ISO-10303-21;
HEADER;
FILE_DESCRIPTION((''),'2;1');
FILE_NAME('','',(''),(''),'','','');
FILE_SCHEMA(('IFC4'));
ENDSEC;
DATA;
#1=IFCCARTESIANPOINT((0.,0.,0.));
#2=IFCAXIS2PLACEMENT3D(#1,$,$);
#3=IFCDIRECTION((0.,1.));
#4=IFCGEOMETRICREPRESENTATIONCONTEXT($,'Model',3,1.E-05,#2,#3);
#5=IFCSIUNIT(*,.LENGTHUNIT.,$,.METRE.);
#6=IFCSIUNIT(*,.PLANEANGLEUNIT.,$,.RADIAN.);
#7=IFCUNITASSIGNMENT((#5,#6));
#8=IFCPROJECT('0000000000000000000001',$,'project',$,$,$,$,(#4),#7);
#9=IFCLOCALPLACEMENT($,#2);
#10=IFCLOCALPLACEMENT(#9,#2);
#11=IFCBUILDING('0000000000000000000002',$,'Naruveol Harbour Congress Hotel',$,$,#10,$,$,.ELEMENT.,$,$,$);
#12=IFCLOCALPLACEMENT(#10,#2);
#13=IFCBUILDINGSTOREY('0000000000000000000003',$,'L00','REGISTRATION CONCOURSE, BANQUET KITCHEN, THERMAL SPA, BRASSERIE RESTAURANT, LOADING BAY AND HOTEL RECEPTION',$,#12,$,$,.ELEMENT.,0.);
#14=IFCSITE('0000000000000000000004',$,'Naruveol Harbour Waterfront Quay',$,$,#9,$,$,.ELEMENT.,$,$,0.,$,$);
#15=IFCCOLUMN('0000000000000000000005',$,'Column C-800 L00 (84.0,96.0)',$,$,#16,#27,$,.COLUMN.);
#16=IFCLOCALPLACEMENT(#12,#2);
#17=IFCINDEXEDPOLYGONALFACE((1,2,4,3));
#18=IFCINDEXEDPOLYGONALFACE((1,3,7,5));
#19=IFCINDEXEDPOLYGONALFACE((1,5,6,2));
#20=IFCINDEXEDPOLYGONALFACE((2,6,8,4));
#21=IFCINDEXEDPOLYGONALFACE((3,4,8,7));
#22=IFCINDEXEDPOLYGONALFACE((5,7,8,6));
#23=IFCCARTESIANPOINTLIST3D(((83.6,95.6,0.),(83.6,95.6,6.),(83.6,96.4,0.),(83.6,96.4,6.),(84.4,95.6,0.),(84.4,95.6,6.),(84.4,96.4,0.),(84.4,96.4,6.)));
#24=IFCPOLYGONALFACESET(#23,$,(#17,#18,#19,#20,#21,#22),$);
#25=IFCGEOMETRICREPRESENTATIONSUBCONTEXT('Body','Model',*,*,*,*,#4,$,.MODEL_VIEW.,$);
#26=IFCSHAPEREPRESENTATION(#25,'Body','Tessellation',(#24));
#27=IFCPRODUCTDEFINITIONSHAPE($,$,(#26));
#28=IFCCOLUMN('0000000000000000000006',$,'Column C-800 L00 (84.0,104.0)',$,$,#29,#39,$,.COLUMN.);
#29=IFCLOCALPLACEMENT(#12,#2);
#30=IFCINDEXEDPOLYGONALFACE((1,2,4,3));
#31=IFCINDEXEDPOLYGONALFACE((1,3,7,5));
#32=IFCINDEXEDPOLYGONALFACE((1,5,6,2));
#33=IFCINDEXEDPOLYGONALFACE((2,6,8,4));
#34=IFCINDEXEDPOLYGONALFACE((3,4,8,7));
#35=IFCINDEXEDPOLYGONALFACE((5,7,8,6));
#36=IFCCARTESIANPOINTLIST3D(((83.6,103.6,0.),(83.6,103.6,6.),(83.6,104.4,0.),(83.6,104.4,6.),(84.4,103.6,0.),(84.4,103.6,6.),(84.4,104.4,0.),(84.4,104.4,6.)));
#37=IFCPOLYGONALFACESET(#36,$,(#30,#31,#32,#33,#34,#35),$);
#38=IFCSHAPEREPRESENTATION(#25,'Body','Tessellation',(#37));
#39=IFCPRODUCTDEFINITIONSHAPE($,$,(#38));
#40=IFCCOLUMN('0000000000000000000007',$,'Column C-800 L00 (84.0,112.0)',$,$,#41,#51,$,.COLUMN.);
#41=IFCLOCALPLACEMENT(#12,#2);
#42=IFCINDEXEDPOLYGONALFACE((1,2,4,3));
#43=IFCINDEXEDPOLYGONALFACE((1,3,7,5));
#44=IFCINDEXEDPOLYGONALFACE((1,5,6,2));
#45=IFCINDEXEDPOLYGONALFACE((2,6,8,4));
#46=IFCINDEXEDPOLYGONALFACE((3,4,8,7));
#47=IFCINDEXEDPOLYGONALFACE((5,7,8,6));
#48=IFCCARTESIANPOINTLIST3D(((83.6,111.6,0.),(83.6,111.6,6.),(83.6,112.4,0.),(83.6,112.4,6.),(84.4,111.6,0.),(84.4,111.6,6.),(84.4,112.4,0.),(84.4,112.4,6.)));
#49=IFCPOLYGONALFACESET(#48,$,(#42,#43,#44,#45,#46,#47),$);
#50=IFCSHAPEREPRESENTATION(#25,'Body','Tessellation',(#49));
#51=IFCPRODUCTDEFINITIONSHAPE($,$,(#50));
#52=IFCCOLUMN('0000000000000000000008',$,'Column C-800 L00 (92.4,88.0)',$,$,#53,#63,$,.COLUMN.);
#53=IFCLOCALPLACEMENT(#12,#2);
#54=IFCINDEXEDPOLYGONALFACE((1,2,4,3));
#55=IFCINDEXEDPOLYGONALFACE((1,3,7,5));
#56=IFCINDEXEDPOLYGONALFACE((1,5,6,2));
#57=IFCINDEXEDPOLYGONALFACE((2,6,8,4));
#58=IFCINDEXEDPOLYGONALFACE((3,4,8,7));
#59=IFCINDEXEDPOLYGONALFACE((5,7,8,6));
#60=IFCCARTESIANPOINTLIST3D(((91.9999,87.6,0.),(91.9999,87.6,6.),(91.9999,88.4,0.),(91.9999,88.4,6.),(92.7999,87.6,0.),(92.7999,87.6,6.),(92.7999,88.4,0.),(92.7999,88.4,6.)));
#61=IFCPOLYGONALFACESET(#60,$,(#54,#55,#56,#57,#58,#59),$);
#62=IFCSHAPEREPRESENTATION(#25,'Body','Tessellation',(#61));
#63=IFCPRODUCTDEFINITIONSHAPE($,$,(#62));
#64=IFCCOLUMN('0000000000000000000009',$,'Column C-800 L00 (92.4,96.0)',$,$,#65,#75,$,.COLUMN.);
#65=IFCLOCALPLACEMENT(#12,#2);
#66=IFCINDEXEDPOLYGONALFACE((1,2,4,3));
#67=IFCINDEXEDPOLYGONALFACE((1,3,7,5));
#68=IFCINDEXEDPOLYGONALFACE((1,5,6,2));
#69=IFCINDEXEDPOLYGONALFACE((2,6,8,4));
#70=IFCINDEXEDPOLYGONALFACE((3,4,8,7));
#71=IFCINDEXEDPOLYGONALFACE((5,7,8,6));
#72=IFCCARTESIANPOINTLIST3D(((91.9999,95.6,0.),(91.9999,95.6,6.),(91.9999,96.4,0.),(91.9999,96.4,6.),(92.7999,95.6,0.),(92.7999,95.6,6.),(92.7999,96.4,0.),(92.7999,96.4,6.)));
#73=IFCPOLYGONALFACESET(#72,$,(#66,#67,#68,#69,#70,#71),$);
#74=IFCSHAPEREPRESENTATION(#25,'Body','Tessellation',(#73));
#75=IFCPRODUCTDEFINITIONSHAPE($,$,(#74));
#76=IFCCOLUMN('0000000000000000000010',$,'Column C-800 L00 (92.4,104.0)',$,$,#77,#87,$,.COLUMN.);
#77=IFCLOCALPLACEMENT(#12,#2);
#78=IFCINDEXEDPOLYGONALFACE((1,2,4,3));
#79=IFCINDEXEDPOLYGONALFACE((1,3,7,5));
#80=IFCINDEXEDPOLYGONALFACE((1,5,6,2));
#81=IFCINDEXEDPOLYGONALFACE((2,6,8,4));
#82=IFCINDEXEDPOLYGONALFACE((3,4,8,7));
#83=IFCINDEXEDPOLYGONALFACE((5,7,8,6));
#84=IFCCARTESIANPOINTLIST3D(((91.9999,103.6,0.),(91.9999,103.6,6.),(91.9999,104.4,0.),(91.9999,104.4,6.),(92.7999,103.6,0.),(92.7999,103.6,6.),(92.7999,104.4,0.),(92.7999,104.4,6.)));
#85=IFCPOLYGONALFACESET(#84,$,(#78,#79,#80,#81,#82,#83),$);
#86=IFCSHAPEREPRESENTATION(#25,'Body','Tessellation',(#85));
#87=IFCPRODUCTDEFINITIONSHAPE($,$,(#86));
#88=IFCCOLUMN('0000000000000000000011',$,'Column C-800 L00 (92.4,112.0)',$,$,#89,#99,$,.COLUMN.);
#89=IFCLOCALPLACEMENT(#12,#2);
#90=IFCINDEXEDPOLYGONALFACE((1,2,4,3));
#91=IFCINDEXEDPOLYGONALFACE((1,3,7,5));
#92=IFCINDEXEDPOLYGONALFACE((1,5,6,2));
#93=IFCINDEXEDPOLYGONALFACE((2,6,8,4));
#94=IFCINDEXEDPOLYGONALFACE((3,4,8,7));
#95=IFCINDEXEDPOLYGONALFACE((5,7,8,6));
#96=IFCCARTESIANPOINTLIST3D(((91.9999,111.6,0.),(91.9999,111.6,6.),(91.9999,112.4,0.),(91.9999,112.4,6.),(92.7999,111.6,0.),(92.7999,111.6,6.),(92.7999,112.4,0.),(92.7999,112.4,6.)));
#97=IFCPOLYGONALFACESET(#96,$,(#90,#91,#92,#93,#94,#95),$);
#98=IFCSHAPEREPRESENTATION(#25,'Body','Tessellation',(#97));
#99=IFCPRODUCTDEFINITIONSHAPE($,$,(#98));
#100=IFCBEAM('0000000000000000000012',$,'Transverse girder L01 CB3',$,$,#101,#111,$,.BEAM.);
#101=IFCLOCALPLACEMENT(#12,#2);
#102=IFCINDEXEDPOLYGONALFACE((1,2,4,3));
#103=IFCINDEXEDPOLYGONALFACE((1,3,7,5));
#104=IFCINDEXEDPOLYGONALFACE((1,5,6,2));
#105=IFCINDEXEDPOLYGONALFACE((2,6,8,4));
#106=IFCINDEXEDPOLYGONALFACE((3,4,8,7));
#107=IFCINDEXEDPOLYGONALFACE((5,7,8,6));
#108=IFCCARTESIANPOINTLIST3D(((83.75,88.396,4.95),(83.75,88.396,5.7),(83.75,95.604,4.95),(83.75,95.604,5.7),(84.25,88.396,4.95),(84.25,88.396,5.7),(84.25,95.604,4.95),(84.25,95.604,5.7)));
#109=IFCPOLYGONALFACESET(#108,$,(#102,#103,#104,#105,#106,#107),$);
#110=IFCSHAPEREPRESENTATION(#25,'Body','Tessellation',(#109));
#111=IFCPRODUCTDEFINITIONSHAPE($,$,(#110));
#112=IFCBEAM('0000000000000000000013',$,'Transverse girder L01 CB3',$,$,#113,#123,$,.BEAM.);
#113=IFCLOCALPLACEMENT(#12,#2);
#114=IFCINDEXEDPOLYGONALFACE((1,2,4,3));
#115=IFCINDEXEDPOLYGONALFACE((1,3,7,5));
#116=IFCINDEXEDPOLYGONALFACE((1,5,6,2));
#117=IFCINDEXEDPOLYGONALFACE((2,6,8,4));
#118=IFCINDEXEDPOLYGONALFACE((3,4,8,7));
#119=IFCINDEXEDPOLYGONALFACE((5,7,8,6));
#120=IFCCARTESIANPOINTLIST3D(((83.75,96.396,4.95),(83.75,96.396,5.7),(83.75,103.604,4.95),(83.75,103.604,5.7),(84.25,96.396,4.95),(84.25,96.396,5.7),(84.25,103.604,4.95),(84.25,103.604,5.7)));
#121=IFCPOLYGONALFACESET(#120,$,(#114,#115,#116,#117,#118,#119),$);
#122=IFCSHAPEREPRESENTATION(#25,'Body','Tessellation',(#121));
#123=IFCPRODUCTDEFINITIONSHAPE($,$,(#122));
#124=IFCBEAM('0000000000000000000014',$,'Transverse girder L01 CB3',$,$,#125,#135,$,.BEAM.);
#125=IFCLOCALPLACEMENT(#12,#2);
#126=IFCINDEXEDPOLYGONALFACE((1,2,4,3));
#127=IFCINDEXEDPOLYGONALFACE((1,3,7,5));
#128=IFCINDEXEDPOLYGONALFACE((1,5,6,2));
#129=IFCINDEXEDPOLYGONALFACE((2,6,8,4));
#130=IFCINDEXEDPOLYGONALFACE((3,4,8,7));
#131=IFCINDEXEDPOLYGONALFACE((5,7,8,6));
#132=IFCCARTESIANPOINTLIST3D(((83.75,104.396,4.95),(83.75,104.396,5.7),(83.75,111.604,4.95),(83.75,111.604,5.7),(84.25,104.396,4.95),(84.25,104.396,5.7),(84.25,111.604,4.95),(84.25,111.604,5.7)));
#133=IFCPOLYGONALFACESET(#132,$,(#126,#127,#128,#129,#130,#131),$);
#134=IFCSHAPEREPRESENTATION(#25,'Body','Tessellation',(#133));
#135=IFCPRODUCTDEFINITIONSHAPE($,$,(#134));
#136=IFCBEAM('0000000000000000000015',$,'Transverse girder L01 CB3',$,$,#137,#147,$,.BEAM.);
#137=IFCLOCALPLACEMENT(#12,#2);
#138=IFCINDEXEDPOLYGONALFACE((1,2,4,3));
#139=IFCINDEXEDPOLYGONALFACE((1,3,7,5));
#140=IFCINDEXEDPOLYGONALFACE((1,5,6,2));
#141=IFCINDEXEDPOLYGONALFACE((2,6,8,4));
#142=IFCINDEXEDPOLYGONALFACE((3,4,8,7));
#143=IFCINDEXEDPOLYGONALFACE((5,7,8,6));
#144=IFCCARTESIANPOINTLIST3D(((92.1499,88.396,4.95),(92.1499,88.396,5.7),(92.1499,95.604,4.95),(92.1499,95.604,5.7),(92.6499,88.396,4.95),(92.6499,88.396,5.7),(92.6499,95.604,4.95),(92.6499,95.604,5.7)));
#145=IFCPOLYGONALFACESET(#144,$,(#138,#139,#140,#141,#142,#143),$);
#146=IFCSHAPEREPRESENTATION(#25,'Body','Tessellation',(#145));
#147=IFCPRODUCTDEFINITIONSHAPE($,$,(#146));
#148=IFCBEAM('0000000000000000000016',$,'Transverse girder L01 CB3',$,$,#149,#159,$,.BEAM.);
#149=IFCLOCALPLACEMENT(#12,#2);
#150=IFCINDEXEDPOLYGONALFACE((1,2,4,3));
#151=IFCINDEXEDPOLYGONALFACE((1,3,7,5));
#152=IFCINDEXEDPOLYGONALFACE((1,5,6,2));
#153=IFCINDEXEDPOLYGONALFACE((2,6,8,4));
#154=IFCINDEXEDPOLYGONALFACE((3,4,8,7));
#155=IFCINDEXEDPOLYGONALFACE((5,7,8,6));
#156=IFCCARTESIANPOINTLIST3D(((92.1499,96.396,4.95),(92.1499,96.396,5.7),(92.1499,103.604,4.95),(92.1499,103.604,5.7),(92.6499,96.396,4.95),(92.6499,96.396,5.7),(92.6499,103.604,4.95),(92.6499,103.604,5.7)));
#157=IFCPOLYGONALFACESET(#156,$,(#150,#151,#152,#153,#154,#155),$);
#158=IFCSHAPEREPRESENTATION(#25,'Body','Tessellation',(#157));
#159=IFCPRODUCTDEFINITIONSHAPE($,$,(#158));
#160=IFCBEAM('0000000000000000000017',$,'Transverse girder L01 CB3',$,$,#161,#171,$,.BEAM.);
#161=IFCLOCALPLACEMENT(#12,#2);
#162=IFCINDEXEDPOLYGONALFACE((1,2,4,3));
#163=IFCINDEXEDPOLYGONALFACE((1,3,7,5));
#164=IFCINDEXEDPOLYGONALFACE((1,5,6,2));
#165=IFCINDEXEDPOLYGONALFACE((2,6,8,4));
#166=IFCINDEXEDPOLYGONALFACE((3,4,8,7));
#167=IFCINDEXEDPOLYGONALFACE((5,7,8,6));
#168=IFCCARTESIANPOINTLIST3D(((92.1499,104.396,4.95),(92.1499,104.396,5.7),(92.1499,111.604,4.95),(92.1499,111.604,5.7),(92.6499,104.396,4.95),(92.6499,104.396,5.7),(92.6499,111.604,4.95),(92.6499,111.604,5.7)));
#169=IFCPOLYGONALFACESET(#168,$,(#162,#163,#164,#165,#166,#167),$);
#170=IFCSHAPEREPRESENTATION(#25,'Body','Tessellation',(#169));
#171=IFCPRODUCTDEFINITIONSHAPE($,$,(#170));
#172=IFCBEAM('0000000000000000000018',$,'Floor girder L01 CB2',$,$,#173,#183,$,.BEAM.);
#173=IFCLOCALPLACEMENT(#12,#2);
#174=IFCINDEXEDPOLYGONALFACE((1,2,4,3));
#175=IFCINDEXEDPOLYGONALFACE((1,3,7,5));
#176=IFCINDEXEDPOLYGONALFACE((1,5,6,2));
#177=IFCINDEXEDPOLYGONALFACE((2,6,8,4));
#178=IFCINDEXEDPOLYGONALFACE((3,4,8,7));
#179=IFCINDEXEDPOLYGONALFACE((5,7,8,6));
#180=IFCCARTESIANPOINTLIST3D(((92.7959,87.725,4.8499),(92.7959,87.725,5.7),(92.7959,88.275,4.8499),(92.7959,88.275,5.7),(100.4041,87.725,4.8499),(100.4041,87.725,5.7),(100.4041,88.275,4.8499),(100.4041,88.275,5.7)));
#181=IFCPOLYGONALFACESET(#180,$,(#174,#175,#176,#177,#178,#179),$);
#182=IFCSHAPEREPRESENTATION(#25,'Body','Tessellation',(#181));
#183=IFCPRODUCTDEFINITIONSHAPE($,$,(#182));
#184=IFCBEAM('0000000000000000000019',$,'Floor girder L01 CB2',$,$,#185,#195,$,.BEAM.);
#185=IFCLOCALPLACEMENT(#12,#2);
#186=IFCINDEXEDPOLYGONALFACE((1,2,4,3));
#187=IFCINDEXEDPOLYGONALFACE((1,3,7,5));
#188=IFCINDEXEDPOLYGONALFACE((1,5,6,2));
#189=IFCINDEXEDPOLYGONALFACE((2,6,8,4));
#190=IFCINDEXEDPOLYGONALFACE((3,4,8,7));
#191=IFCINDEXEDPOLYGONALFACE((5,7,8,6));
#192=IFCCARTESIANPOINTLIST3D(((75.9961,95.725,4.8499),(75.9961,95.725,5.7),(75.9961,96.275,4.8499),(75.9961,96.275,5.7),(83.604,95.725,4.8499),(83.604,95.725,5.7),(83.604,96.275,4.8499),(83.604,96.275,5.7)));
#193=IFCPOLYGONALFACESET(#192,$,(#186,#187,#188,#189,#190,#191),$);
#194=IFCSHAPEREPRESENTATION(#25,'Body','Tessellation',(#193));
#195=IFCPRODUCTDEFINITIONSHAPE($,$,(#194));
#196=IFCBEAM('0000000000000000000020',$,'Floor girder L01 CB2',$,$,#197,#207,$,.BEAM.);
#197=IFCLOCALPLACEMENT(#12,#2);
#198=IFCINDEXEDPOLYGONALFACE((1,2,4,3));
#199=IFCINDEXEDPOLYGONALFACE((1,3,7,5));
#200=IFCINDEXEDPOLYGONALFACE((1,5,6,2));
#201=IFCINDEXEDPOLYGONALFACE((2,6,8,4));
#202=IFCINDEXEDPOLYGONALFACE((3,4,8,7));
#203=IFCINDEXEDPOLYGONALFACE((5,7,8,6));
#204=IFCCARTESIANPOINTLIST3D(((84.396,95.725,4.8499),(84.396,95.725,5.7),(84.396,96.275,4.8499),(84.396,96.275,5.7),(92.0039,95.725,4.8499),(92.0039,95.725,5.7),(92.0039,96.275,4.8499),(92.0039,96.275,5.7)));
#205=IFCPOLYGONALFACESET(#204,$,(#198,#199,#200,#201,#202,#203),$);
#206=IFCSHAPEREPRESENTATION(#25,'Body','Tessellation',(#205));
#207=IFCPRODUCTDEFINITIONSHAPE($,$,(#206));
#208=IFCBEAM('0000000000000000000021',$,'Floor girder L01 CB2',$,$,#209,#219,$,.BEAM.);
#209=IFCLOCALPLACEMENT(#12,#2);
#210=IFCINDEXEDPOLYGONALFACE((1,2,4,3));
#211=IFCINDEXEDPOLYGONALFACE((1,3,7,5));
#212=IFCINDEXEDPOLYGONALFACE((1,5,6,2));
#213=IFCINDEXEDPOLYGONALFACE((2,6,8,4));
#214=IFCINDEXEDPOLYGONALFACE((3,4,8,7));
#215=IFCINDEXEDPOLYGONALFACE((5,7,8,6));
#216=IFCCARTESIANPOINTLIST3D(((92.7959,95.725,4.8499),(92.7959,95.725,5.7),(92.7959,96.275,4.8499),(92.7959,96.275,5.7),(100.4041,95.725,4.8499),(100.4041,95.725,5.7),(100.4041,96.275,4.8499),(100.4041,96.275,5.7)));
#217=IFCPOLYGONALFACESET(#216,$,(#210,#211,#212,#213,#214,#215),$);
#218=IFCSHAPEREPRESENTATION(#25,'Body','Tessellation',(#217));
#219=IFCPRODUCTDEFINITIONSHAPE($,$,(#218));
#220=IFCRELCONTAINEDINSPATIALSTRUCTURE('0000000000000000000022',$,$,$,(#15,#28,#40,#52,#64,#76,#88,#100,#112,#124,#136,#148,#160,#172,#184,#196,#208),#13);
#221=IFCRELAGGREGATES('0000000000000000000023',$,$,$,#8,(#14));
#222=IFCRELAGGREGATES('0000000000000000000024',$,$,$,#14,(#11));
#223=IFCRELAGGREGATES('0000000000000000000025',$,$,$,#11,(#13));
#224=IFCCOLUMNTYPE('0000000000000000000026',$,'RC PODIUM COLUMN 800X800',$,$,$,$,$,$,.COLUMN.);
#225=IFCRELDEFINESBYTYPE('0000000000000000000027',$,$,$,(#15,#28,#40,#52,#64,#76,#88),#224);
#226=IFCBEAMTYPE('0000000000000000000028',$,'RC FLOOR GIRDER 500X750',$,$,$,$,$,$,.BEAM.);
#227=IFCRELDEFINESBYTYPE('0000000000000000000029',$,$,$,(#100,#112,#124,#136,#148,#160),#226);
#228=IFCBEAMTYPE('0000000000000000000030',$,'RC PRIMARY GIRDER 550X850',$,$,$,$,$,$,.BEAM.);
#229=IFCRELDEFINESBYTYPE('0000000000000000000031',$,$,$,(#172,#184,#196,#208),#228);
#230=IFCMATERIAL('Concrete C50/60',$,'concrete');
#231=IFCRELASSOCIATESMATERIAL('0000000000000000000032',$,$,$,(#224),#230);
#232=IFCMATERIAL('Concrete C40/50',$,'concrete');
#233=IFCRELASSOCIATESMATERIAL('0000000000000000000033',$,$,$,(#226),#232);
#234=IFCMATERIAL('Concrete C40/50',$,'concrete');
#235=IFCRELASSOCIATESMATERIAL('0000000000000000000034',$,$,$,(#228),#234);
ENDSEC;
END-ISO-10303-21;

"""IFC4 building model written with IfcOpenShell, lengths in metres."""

from ifc_helpers import new_model, si_unit, direction, frame, origin, origin_2d, place, context, subcontext, project, spatial, rectangle, extrude, material, material_profile, profile_set, type_object, element, save


model = new_model("IFC4")

# Units and contexts
model_context = context("Model", 3, precision=1e-05, world=origin(), true_north=direction((0.0, 1.0)))
body_context = subcontext(model_context, "Body", "Model", "MODEL_VIEW")
ifc_project = project(units=[si_unit("LENGTHUNIT", "METRE"), si_unit("PLANEANGLEUNIT", "RADIAN")], contexts=[model_context])

# Site, building, storey
site_placement = place(None, origin())
site = spatial("IfcSite", under=ifc_project, at=site_placement, Name="Naruveol Harbour Waterfront Quay", CompositionType="ELEMENT", RefElevation=0.0)
building_placement = place(site_placement, origin())
building = spatial("IfcBuilding", under=site, at=building_placement, Name="Naruveol Harbour Congress Hotel", CompositionType="ELEMENT")
storey_placement = place(building_placement, origin())
storey = spatial("IfcBuildingStorey", under=building, at=storey_placement, Name="L00", Description="REGISTRATION CONCOURSE, BANQUET KITCHEN, THERMAL SPA, BRASSERIE RESTAURANT, LOADING BAY AND HOTEL RECEPTION", CompositionType="ELEMENT", Elevation=0.0)

# Columns
ifc_material_1 = material(Name="Concrete C50/60", Category="concrete")
ifc_material_profile_1 = material_profile(ifc_material_1, rectangle(XDim=0.8, YDim=0.8, at=origin_2d()), Name="RC-800x800")
ifc_profile_set_1 = profile_set([ifc_material_profile_1], Name="Concrete C50/60")
column_type = type_object("IfcColumnType", Name="RC PODIUM COLUMN 800X800", PredefinedType="COLUMN", material=ifc_profile_set_1)
for number, where, z_axis, x_axis, name in (
    (1, (84.0, 96.0, 0.0), (0.0, 0.0, 1.0), (1.0, 0.0, 0.0), "Column C-800 L00 (84.0,96.0)"),
    (2, (84.0, 104.0, 0.0), (0.0, 0.0, 1.0), (1.0, 0.0, 0.0), "Column C-800 L00 (84.0,104.0)"),
    (3, (84.0, 112.0, 0.0), (0.0, 0.0, 1.0), (1.0, 0.0, 0.0), "Column C-800 L00 (84.0,112.0)"),
    (4, (92.3999, 88.0, 0.0), (0.0, 0.0, 1.0), (1.0, 0.0, 0.0), "Column C-800 L00 (92.4,88.0)"),
    (5, (92.3999, 96.0, 0.0), (0.0, 0.0, 1.0), (1.0, 0.0, 0.0), "Column C-800 L00 (92.4,96.0)"),
    (6, (92.3999, 104.0, 0.0), (0.0, 0.0, 1.0), (1.0, 0.0, 0.0), "Column C-800 L00 (92.4,104.0)"),
    (7, (92.3999, 112.0, 0.0), (0.0, 0.0, 1.0), (1.0, 0.0, 0.0), "Column C-800 L00 (92.4,112.0)"),
):
    element("IfcColumn", number, at=place(storey_placement, frame(where, z_axis=z_axis, x_axis=x_axis)), inside=storey, type_object=column_type, Name=name, PredefinedType="COLUMN", context=body_context, shape_type="SweptSolid", body=[
        extrude(rectangle(XDim=0.8, YDim=0.8, at=origin_2d()), origin(), (0.0, 0.0, 1.0), 6.0),
    ])

# Beams
ifc_material_2 = material(Name="Concrete C40/50", Category="concrete")
ifc_material_profile_2 = material_profile(ifc_material_2, rectangle(XDim=0.5, YDim=0.75, at=origin_2d()), Name="RCB-500x750")
ifc_profile_set_2 = profile_set([ifc_material_profile_2], Name="Concrete C40/50")
beam_type_1 = type_object("IfcBeamType", Name="RC FLOOR GIRDER 500X750", PredefinedType="BEAM", material=ifc_profile_set_2)
for number, where, z_axis, x_axis, name in (
    (8, (84.0, 88.396, 5.325), (0.0, 1.0, 0.0), (-1.0, 0.0, 0.0), "Transverse girder L01 CB3"),
    (9, (84.0, 96.396, 5.325), (0.0, 1.0, 0.0), (-1.0, 0.0, 0.0), "Transverse girder L01 CB3"),
    (10, (84.0, 104.396, 5.325), (0.0, 1.0, 0.0), (-1.0, 0.0, 0.0), "Transverse girder L01 CB3"),
    (11, (92.3999, 88.396, 5.325), (0.0, 1.0, 0.0), (-1.0, 0.0, 0.0), "Transverse girder L01 CB3"),
    (12, (92.3999, 96.396, 5.325), (0.0, 1.0, 0.0), (-1.0, 0.0, 0.0), "Transverse girder L01 CB3"),
    (13, (92.3999, 104.396, 5.325), (0.0, 1.0, 0.0), (-1.0, 0.0, 0.0), "Transverse girder L01 CB3"),
):
    element("IfcBeam", number, at=place(storey_placement, frame(where, z_axis=z_axis, x_axis=x_axis)), inside=storey, type_object=beam_type_1, Name=name, PredefinedType="BEAM", context=body_context, shape_type="SweptSolid", body=[
        extrude(rectangle(XDim=0.5, YDim=0.75, at=origin_2d()), origin(), (0.0, 0.0, 1.0), 7.208),
    ])
ifc_material_3 = material(Name="Concrete C40/50", Category="concrete")
ifc_material_profile_3 = material_profile(ifc_material_3, rectangle(XDim=0.55, YDim=0.8501, at=origin_2d()), Name="RCB-550x850")
ifc_profile_set_3 = profile_set([ifc_material_profile_3], Name="Concrete C40/50")
beam_type_2 = type_object("IfcBeamType", Name="RC PRIMARY GIRDER 550X850", PredefinedType="BEAM", material=ifc_profile_set_3)
beam_1_placement = place(storey_placement, frame((92.7959, 88.0, 5.2749), z_axis=(1.0, 0.0, 0.0), x_axis=(0.0, 1.0, 0.0)))
element("IfcBeam", 14, at=beam_1_placement, inside=storey, type_object=beam_type_2, Name="Floor girder L01 CB2", PredefinedType="BEAM", context=body_context, shape_type="SweptSolid", body=[
    extrude(rectangle(XDim=0.55, YDim=0.8501, at=origin_2d()), origin(), (0.0, 0.0, 1.0), 7.6082),
])
for number, where, z_axis, x_axis, name in (
    (15, (75.9961, 96.0, 5.2749), (1.0, 0.0, 0.0), (0.0, 1.0, 0.0), "Floor girder L01 CB2"),
    (16, (84.396, 96.0, 5.2749), (1.0, 0.0, 0.0), (0.0, 1.0, 0.0), "Floor girder L01 CB2"),
):
    element("IfcBeam", number, at=place(storey_placement, frame(where, z_axis=z_axis, x_axis=x_axis)), inside=storey, type_object=beam_type_2, Name=name, PredefinedType="BEAM", context=body_context, shape_type="SweptSolid", body=[
        extrude(rectangle(XDim=0.55, YDim=0.8501, at=origin_2d()), origin(), (0.0, 0.0, 1.0), 7.6079),
    ])
beam_2_placement = place(storey_placement, frame((92.7959, 96.0, 5.2749), z_axis=(1.0, 0.0, 0.0), x_axis=(0.0, 1.0, 0.0)))
element("IfcBeam", 17, at=beam_2_placement, inside=storey, type_object=beam_type_2, Name="Floor girder L01 CB2", PredefinedType="BEAM", context=body_context, shape_type="SweptSolid", body=[
    extrude(rectangle(XDim=0.55, YDim=0.8501, at=origin_2d()), origin(), (0.0, 0.0, 1.0), 7.6082),
])

save(model, "model.ifc")
